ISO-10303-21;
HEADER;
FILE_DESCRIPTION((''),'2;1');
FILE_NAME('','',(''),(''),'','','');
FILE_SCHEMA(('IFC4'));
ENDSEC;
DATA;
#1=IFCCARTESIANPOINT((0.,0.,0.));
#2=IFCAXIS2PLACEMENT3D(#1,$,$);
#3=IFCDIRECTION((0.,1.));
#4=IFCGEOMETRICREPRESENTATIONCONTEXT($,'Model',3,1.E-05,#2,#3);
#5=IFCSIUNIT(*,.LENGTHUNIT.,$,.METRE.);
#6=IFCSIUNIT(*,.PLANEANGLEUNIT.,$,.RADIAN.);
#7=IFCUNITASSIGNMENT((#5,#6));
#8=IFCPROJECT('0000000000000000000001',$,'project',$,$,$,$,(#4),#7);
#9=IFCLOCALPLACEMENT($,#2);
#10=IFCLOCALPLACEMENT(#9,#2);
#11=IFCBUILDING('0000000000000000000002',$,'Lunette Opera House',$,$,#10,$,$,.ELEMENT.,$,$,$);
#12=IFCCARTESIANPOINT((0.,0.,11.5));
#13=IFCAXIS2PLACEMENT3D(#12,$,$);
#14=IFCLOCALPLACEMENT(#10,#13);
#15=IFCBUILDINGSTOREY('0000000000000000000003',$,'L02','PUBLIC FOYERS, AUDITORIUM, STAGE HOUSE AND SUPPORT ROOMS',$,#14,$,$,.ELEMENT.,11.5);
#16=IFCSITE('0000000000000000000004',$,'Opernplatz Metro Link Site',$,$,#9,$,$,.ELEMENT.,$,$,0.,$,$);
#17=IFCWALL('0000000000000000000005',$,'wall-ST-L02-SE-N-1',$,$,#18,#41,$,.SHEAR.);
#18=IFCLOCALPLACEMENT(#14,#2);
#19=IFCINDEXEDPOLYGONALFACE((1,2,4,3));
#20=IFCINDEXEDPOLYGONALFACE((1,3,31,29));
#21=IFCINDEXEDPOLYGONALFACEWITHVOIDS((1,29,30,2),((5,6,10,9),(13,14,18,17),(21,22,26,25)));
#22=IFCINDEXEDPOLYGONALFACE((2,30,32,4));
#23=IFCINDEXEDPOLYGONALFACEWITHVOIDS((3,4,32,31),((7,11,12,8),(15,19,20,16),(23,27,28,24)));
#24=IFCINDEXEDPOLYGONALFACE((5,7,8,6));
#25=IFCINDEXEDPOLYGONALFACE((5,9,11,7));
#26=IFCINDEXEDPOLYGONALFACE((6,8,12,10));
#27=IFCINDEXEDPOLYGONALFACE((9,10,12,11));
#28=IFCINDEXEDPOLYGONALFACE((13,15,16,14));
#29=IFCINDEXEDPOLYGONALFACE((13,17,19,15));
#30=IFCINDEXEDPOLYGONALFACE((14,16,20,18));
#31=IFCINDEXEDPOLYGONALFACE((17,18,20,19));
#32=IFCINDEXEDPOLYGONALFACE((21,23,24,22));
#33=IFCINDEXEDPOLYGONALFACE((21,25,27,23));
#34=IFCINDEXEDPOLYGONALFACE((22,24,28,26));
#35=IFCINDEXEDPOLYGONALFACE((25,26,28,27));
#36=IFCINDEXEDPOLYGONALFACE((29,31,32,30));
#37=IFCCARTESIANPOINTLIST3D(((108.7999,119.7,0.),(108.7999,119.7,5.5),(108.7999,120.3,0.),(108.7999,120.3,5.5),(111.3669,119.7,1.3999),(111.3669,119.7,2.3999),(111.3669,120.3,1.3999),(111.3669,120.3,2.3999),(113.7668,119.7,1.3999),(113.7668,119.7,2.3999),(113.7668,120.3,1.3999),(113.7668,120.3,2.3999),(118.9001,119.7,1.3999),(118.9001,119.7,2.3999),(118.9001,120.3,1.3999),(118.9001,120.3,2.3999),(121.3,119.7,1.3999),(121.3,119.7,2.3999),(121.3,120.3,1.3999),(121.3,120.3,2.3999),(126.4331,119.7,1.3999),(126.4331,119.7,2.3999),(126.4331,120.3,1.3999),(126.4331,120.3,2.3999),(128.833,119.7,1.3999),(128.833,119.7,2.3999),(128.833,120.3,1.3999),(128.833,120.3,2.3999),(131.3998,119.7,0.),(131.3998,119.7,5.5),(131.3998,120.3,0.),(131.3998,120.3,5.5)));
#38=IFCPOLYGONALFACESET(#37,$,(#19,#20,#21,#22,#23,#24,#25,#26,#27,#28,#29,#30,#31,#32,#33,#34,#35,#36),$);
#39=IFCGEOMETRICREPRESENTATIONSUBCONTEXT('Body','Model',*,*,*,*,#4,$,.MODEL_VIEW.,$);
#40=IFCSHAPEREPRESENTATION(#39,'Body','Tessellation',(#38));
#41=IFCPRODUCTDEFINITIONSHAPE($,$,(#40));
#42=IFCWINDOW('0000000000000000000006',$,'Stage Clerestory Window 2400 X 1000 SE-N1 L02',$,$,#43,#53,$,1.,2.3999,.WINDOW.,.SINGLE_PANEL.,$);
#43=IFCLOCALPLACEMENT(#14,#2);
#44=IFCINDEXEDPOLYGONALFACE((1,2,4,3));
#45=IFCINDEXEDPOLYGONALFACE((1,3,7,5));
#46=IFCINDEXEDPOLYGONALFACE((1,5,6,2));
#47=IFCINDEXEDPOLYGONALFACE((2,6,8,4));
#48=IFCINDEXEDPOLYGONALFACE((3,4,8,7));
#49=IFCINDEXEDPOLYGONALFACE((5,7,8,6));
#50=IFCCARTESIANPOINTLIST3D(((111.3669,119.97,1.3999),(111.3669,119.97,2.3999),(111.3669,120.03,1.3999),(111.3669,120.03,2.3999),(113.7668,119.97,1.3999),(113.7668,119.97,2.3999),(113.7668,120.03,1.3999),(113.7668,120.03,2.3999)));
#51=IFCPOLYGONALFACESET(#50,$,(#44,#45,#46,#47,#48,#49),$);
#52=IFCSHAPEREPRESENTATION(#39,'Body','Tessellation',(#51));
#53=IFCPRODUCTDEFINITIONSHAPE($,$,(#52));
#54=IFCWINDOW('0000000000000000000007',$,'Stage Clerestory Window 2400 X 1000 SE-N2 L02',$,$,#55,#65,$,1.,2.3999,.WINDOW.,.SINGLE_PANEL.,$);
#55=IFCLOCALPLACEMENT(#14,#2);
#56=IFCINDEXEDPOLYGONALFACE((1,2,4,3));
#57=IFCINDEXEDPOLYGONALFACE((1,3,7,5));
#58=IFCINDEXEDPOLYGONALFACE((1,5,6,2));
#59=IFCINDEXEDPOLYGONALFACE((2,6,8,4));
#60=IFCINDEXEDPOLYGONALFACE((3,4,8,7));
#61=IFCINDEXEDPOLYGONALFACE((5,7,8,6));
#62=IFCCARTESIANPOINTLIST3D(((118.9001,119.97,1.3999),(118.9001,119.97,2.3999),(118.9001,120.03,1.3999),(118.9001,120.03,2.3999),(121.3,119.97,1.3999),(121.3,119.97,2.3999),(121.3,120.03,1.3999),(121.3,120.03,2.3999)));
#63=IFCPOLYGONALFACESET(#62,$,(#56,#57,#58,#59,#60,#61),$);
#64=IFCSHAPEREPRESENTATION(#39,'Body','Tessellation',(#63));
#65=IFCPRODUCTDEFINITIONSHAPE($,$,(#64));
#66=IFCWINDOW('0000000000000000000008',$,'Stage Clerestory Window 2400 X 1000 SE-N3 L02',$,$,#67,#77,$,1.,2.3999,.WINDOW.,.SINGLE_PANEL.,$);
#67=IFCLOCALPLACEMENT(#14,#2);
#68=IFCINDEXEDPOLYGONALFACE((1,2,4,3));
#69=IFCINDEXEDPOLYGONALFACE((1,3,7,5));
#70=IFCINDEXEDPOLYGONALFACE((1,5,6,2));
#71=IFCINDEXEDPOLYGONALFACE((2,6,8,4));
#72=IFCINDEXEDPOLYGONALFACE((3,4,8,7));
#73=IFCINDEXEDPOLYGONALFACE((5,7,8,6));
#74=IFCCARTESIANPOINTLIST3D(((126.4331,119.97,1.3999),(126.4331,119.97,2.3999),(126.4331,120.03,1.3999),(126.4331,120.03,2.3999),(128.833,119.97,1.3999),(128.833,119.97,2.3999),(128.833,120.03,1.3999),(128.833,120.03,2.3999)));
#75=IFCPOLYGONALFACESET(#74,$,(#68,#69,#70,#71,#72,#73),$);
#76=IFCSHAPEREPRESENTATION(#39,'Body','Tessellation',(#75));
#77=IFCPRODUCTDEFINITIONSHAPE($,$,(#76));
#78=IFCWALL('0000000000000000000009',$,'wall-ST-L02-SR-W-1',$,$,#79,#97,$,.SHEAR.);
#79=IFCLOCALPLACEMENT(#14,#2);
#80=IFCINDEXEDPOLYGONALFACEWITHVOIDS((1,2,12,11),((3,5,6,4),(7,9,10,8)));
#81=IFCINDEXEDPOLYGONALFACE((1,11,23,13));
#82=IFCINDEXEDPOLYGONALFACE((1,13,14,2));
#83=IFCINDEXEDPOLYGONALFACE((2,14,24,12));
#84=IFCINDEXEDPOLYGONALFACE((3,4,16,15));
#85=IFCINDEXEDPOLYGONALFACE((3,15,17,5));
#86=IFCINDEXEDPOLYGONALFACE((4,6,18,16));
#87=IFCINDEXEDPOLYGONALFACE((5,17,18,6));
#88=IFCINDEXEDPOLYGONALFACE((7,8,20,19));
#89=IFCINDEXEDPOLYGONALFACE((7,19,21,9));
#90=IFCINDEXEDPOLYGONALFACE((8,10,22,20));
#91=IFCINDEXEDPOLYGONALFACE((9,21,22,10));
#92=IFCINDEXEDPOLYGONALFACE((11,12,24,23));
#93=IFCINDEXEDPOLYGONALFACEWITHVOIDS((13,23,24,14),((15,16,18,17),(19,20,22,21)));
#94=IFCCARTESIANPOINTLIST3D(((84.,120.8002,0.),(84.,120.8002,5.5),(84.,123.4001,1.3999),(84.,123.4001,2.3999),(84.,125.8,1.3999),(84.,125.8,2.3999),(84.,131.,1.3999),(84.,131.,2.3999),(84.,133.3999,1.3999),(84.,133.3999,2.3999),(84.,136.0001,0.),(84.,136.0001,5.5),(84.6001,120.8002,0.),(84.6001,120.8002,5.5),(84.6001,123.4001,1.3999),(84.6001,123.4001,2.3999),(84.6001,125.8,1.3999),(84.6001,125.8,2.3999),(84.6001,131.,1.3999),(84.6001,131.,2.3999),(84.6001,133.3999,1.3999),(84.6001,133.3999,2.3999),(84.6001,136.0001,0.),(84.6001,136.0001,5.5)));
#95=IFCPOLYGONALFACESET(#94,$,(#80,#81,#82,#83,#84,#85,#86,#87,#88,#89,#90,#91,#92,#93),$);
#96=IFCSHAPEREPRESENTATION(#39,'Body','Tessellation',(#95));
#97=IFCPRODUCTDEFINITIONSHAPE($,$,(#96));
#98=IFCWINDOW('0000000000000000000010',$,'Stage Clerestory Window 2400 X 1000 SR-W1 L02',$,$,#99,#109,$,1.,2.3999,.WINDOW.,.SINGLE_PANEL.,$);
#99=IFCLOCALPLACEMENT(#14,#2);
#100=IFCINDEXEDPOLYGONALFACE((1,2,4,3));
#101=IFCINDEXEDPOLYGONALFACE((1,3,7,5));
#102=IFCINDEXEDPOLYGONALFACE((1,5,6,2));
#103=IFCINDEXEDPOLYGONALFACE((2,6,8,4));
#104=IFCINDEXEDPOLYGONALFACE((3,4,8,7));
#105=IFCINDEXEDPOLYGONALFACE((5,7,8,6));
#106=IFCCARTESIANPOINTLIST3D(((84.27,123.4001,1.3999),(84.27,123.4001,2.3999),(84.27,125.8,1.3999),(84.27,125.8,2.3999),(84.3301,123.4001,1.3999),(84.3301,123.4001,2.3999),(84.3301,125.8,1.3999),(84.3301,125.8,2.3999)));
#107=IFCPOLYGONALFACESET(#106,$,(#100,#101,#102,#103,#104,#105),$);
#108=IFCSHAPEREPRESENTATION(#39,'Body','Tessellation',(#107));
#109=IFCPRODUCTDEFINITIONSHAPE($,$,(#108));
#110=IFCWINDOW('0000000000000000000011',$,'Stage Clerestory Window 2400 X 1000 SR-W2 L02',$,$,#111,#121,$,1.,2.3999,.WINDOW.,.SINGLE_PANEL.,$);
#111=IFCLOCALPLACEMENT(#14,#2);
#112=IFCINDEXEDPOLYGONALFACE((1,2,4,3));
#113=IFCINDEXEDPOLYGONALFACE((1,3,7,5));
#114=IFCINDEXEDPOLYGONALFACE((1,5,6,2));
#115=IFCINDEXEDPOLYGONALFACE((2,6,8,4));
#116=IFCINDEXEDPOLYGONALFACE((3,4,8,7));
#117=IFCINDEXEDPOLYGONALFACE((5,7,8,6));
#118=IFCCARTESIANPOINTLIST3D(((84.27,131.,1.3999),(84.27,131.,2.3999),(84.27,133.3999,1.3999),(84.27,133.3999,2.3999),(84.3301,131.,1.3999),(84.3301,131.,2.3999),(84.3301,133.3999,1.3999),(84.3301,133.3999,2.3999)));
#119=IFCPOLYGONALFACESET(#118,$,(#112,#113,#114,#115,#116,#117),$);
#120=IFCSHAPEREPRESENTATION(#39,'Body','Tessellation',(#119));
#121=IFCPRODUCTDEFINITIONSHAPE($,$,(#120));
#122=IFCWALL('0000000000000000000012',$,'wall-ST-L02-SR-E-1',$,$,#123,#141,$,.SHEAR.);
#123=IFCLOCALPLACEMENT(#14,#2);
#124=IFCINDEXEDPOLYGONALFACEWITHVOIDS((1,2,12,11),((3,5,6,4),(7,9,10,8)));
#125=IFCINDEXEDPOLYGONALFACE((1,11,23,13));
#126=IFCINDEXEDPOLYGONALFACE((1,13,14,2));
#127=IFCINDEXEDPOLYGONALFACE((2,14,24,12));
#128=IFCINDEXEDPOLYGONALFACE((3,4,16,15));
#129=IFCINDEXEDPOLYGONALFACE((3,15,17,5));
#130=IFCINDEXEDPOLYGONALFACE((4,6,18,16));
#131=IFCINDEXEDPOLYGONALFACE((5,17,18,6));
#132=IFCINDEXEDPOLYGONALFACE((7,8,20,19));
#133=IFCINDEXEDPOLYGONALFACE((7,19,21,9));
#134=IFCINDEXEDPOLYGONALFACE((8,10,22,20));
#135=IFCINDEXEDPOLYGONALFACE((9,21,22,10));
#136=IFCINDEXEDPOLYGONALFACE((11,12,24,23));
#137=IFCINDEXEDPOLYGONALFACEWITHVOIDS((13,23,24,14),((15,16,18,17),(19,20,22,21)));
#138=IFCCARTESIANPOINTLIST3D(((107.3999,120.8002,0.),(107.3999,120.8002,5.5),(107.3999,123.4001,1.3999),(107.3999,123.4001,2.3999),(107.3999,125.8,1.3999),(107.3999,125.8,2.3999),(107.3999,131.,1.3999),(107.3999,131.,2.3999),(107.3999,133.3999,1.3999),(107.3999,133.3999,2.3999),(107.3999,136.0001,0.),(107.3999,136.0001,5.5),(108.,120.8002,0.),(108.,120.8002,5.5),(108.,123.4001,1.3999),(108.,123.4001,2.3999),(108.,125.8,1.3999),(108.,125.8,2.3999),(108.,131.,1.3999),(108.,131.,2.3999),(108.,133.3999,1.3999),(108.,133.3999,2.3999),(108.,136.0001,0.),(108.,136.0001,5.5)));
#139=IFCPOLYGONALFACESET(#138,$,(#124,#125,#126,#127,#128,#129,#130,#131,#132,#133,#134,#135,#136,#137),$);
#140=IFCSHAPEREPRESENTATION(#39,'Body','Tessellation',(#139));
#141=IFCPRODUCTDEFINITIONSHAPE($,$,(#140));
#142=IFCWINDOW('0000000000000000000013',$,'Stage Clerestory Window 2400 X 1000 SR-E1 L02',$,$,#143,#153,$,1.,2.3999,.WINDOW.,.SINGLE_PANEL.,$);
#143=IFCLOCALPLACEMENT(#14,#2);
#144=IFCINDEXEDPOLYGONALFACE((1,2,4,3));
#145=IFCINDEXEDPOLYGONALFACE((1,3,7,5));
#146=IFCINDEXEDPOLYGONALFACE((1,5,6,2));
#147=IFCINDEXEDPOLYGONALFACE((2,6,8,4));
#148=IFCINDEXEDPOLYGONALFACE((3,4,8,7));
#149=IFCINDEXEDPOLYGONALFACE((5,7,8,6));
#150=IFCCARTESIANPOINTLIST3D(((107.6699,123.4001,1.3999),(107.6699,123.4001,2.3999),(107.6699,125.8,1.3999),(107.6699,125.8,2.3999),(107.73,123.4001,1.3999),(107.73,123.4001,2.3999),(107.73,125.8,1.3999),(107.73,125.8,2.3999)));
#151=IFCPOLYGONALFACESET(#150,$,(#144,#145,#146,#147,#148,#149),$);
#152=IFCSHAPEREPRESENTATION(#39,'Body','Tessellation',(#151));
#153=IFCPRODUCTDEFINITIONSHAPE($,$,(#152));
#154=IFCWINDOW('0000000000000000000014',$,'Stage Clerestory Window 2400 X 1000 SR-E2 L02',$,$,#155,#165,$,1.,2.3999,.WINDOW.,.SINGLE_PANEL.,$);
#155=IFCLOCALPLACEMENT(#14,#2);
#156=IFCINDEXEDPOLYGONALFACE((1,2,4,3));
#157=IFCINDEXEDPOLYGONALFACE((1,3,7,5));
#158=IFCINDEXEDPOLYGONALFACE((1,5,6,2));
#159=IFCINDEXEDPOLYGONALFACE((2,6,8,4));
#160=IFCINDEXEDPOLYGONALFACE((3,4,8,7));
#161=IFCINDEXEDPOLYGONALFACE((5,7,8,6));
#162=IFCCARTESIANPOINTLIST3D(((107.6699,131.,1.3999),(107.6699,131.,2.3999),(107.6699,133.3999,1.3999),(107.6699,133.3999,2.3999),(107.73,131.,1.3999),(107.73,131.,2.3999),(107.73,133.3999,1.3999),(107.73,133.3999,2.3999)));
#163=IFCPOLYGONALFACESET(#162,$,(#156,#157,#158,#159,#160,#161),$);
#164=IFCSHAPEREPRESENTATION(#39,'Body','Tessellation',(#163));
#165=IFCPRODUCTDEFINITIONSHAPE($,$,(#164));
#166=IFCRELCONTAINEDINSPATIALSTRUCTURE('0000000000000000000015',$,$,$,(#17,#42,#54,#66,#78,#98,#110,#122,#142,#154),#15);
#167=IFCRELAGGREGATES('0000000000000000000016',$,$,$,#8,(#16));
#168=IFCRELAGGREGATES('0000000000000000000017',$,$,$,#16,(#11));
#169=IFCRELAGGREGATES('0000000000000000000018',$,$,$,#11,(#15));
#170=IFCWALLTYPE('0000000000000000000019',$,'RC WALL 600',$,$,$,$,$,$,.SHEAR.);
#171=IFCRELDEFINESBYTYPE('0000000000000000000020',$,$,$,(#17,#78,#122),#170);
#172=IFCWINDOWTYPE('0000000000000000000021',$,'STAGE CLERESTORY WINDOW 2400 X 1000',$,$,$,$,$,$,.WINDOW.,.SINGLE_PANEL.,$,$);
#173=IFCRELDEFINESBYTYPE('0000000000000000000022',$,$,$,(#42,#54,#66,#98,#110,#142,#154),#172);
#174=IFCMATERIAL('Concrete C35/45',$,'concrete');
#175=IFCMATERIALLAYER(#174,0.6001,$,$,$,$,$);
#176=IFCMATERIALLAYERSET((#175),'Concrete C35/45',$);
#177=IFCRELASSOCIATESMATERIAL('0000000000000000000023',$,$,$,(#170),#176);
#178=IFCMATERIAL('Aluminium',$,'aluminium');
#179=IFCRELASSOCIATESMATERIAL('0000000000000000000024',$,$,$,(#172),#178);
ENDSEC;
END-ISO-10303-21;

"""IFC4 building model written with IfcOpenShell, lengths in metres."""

from ifc_helpers import new_model, si_unit, direction, frame, frame_2d, origin, place, context, subcontext, project, spatial, rectangle, extrude, material, layer, layer_set, type_object, element, fill, save


model = new_model("IFC4")

# Units and contexts
model_context = context("Model", 3, precision=1e-05, world=origin(), true_north=direction((0.0, 1.0)))
body_context = subcontext(model_context, "Body", "Model", "MODEL_VIEW")
ifc_project = project(units=[si_unit("LENGTHUNIT", "METRE"), si_unit("PLANEANGLEUNIT", "RADIAN")], contexts=[model_context])

# Site, building, storey
site_placement = place(None, origin())
site = spatial("IfcSite", under=ifc_project, at=site_placement, Name="Opernplatz Metro Link Site", CompositionType="ELEMENT", RefElevation=0.0)
building_placement = place(site_placement, origin())
building = spatial("IfcBuilding", under=site, at=building_placement, Name="Lunette Opera House", CompositionType="ELEMENT")
storey_placement = place(building_placement, frame((0.0, 0.0, 11.5)))
storey = spatial("IfcBuildingStorey", under=building, at=storey_placement, Name="L02", Description="PUBLIC FOYERS, AUDITORIUM, STAGE HOUSE AND SUPPORT ROOMS", CompositionType="ELEMENT", Elevation=11.5)

# Walls, openings, windows
ifc_material_1 = material(Name="Concrete C35/45", Category="concrete")
ifc_layer_1 = layer(ifc_material_1, 0.6001)
ifc_layer_set_1 = layer_set([ifc_layer_1], Name="Concrete C35/45")
wall_type_1 = type_object("IfcWallType", Name="RC WALL 600", PredefinedType="SHEAR", material=ifc_layer_set_1)
wall_1_placement = place(storey_placement, frame((108.8, 120.0, 0.0), z_axis=(0.0, 0.0, 1.0), x_axis=(1.0, 0.0, 0.0)))
wall_1 = element("IfcWall", 1, at=wall_1_placement, inside=storey, type_object=wall_type_1, Name="wall-ST-L02-SE-N-1", PredefinedType="SHEAR", context=body_context, shape_type="SweptSolid", body=[
    extrude(rectangle(XDim=22.5999, YDim=0.6001, at=frame_2d((11.2998, 0.0))), origin(), (0.0, 0.0, 1.0), 5.5),
])
opening_1_placement = place(wall_1_placement, frame((2.5669, 0.0, 1.3999)))
opening_1 = element("IfcOpeningElement", 2, at=opening_1_placement, cuts=wall_1, PredefinedType="OPENING", context=body_context, shape_type="SweptSolid", body=[
    extrude(rectangle(XDim=2.3999, YDim=1.0, at=frame_2d((1.2, 0.5))), frame((0.0, 0.312, 0.0), z_axis=(0.0, -1.0, 0.0), x_axis=(1.0, 0.0, 0.0)), (0.0, 0.0, 1.0), 0.624),
])
opening_2_placement = place(wall_1_placement, frame((10.1001, 0.0, 1.3999)))
opening_2 = element("IfcOpeningElement", 3, at=opening_2_placement, cuts=wall_1, PredefinedType="OPENING", context=body_context, shape_type="SweptSolid", body=[
    extrude(rectangle(XDim=2.3999, YDim=1.0, at=frame_2d((1.2, 0.5))), frame((0.0, 0.312, 0.0), z_axis=(0.0, -1.0, 0.0), x_axis=(1.0, 0.0, 0.0)), (0.0, 0.0, 1.0), 0.624),
])
opening_3_placement = place(wall_1_placement, frame((17.6331, 0.0, 1.3999)))
opening_3 = element("IfcOpeningElement", 4, at=opening_3_placement, cuts=wall_1, PredefinedType="OPENING", context=body_context, shape_type="SweptSolid", body=[
    extrude(rectangle(XDim=2.3999, YDim=1.0, at=frame_2d((1.2, 0.5))), frame((0.0, 0.312, 0.0), z_axis=(0.0, -1.0, 0.0), x_axis=(1.0, 0.0, 0.0)), (0.0, 0.0, 1.0), 0.624),
])
ifc_material_2 = material(Name="Aluminium", Category="aluminium")
window_type = type_object("IfcWindowType", Name="STAGE CLERESTORY WINDOW 2400 X 1000", PartitioningType="SINGLE_PANEL", PredefinedType="WINDOW", material=ifc_material_2)
window_1_placement = place(opening_1_placement, origin())
window_1 = element("IfcWindow", 5, at=window_1_placement, inside=storey, type_object=window_type, Name="Stage Clerestory Window 2400 X 1000 SE-N1 L02", OverallHeight=1.0, OverallWidth=2.3999, PartitioningType="SINGLE_PANEL", PredefinedType="WINDOW", context=body_context, shape_type="SweptSolid", body=[
    extrude(rectangle(XDim=2.3999, YDim=1.0, at=frame_2d((1.2, 0.5))), frame((0.0, 0.03, 0.0), z_axis=(0.0, -1.0, 0.0), x_axis=(1.0, 0.0, 0.0)), (0.0, 0.0, 1.0), 0.0601),
])
fill(opening_1, window_1)
window_2_placement = place(opening_2_placement, origin())
window_2 = element("IfcWindow", 6, at=window_2_placement, inside=storey, type_object=window_type, Name="Stage Clerestory Window 2400 X 1000 SE-N2 L02", OverallHeight=1.0, OverallWidth=2.3999, PartitioningType="SINGLE_PANEL", PredefinedType="WINDOW", context=body_context, shape_type="SweptSolid", body=[
    extrude(rectangle(XDim=2.3999, YDim=1.0, at=frame_2d((1.2, 0.5))), frame((0.0, 0.03, 0.0), z_axis=(0.0, -1.0, 0.0), x_axis=(1.0, 0.0, 0.0)), (0.0, 0.0, 1.0), 0.0601),
])
fill(opening_2, window_2)
window_3_placement = place(opening_3_placement, origin())
window_3 = element("IfcWindow", 7, at=window_3_placement, inside=storey, type_object=window_type, Name="Stage Clerestory Window 2400 X 1000 SE-N3 L02", OverallHeight=1.0, OverallWidth=2.3999, PartitioningType="SINGLE_PANEL", PredefinedType="WINDOW", context=body_context, shape_type="SweptSolid", body=[
    extrude(rectangle(XDim=2.3999, YDim=1.0, at=frame_2d((1.2, 0.5))), frame((0.0, 0.03, 0.0), z_axis=(0.0, -1.0, 0.0), x_axis=(1.0, 0.0, 0.0)), (0.0, 0.0, 1.0), 0.0601),
])
fill(opening_3, window_3)
wall_2_placement = place(storey_placement, frame((84.3, 120.8, 0.0), z_axis=(0.0, 0.0, 1.0), x_axis=(0.0, 1.0, 0.0)))
wall_2 = element("IfcWall", 8, at=wall_2_placement, inside=storey, type_object=wall_type_1, Name="wall-ST-L02-SR-W-1", PredefinedType="SHEAR", context=body_context, shape_type="SweptSolid", body=[
    extrude(rectangle(XDim=15.2, YDim=0.6001, at=frame_2d((7.6001, 0.0))), origin(), (0.0, 0.0, 1.0), 5.5),
])
opening_4_placement = place(wall_2_placement, frame((2.6001, 0.0, 1.3999)))
opening_4 = element("IfcOpeningElement", 9, at=opening_4_placement, cuts=wall_2, PredefinedType="OPENING", context=body_context, shape_type="SweptSolid", body=[
    extrude(rectangle(XDim=2.3999, YDim=1.0, at=frame_2d((1.2, 0.5))), frame((0.0, 0.312, 0.0), z_axis=(0.0, -1.0, 0.0), x_axis=(1.0, 0.0, 0.0)), (0.0, 0.0, 1.0), 0.624),
])
opening_5_placement = place(wall_2_placement, frame((10.2, 0.0, 1.3999)))
opening_5 = element("IfcOpeningElement", 10, at=opening_5_placement, cuts=wall_2, PredefinedType="OPENING", context=body_context, shape_type="SweptSolid", body=[
    extrude(rectangle(XDim=2.3999, YDim=1.0, at=frame_2d((1.2, 0.5))), frame((0.0, 0.312, 0.0), z_axis=(0.0, -1.0, 0.0), x_axis=(1.0, 0.0, 0.0)), (0.0, 0.0, 1.0), 0.624),
])
window_4_placement = place(opening_4_placement, origin())
window_4 = element("IfcWindow", 11, at=window_4_placement, inside=storey, type_object=window_type, Name="Stage Clerestory Window 2400 X 1000 SR-W1 L02", OverallHeight=1.0, OverallWidth=2.3999, PartitioningType="SINGLE_PANEL", PredefinedType="WINDOW", context=body_context, shape_type="SweptSolid", body=[
    extrude(rectangle(XDim=2.3999, YDim=1.0, at=frame_2d((1.2, 0.5))), frame((0.0, 0.03, 0.0), z_axis=(0.0, -1.0, 0.0), x_axis=(1.0, 0.0, 0.0)), (0.0, 0.0, 1.0), 0.0601),
])
fill(opening_4, window_4)
window_5_placement = place(opening_5_placement, origin())
window_5 = element("IfcWindow", 12, at=window_5_placement, inside=storey, type_object=window_type, Name="Stage Clerestory Window 2400 X 1000 SR-W2 L02", OverallHeight=1.0, OverallWidth=2.3999, PartitioningType="SINGLE_PANEL", PredefinedType="WINDOW", context=body_context, shape_type="SweptSolid", body=[
    extrude(rectangle(XDim=2.3999, YDim=1.0, at=frame_2d((1.2, 0.5))), frame((0.0, 0.03, 0.0), z_axis=(0.0, -1.0, 0.0), x_axis=(1.0, 0.0, 0.0)), (0.0, 0.0, 1.0), 0.0601),
])
fill(opening_5, window_5)
wall_3_placement = place(storey_placement, frame((107.7, 120.8, 0.0), z_axis=(0.0, 0.0, 1.0), x_axis=(0.0, 1.0, 0.0)))
wall_3 = element("IfcWall", 13, at=wall_3_placement, inside=storey, type_object=wall_type_1, Name="wall-ST-L02-SR-E-1", PredefinedType="SHEAR", context=body_context, shape_type="SweptSolid", body=[
    extrude(rectangle(XDim=15.2, YDim=0.6001, at=frame_2d((7.6001, 0.0))), origin(), (0.0, 0.0, 1.0), 5.5),
])
opening_6_placement = place(wall_3_placement, frame((2.6001, 0.0, 1.3999)))
opening_6 = element("IfcOpeningElement", 14, at=opening_6_placement, cuts=wall_3, PredefinedType="OPENING", context=body_context, shape_type="SweptSolid", body=[
    extrude(rectangle(XDim=2.3999, YDim=1.0, at=frame_2d((1.2, 0.5))), frame((0.0, 0.312, 0.0), z_axis=(0.0, -1.0, 0.0), x_axis=(1.0, 0.0, 0.0)), (0.0, 0.0, 1.0), 0.624),
])
opening_7_placement = place(wall_3_placement, frame((10.2, 0.0, 1.3999)))
opening_7 = element("IfcOpeningElement", 15, at=opening_7_placement, cuts=wall_3, PredefinedType="OPENING", context=body_context, shape_type="SweptSolid", body=[
    extrude(rectangle(XDim=2.3999, YDim=1.0, at=frame_2d((1.2, 0.5))), frame((0.0, 0.312, 0.0), z_axis=(0.0, -1.0, 0.0), x_axis=(1.0, 0.0, 0.0)), (0.0, 0.0, 1.0), 0.624),
])
window_6_placement = place(opening_6_placement, origin())
window_6 = element("IfcWindow", 16, at=window_6_placement, inside=storey, type_object=window_type, Name="Stage Clerestory Window 2400 X 1000 SR-E1 L02", OverallHeight=1.0, OverallWidth=2.3999, PartitioningType="SINGLE_PANEL", PredefinedType="WINDOW", context=body_context, shape_type="SweptSolid", body=[
    extrude(rectangle(XDim=2.3999, YDim=1.0, at=frame_2d((1.2, 0.5))), frame((0.0, 0.03, 0.0), z_axis=(0.0, -1.0, 0.0), x_axis=(1.0, 0.0, 0.0)), (0.0, 0.0, 1.0), 0.0601),
])
fill(opening_6, window_6)
window_7_placement = place(opening_7_placement, origin())
window_7 = element("IfcWindow", 17, at=window_7_placement, inside=storey, type_object=window_type, Name="Stage Clerestory Window 2400 X 1000 SR-E2 L02", OverallHeight=1.0, OverallWidth=2.3999, PartitioningType="SINGLE_PANEL", PredefinedType="WINDOW", context=body_context, shape_type="SweptSolid", body=[
    extrude(rectangle(XDim=2.3999, YDim=1.0, at=frame_2d((1.2, 0.5))), frame((0.0, 0.03, 0.0), z_axis=(0.0, -1.0, 0.0), x_axis=(1.0, 0.0, 0.0)), (0.0, 0.0, 1.0), 0.0601),
])
fill(opening_7, window_7)

save(model, "model.ifc")
